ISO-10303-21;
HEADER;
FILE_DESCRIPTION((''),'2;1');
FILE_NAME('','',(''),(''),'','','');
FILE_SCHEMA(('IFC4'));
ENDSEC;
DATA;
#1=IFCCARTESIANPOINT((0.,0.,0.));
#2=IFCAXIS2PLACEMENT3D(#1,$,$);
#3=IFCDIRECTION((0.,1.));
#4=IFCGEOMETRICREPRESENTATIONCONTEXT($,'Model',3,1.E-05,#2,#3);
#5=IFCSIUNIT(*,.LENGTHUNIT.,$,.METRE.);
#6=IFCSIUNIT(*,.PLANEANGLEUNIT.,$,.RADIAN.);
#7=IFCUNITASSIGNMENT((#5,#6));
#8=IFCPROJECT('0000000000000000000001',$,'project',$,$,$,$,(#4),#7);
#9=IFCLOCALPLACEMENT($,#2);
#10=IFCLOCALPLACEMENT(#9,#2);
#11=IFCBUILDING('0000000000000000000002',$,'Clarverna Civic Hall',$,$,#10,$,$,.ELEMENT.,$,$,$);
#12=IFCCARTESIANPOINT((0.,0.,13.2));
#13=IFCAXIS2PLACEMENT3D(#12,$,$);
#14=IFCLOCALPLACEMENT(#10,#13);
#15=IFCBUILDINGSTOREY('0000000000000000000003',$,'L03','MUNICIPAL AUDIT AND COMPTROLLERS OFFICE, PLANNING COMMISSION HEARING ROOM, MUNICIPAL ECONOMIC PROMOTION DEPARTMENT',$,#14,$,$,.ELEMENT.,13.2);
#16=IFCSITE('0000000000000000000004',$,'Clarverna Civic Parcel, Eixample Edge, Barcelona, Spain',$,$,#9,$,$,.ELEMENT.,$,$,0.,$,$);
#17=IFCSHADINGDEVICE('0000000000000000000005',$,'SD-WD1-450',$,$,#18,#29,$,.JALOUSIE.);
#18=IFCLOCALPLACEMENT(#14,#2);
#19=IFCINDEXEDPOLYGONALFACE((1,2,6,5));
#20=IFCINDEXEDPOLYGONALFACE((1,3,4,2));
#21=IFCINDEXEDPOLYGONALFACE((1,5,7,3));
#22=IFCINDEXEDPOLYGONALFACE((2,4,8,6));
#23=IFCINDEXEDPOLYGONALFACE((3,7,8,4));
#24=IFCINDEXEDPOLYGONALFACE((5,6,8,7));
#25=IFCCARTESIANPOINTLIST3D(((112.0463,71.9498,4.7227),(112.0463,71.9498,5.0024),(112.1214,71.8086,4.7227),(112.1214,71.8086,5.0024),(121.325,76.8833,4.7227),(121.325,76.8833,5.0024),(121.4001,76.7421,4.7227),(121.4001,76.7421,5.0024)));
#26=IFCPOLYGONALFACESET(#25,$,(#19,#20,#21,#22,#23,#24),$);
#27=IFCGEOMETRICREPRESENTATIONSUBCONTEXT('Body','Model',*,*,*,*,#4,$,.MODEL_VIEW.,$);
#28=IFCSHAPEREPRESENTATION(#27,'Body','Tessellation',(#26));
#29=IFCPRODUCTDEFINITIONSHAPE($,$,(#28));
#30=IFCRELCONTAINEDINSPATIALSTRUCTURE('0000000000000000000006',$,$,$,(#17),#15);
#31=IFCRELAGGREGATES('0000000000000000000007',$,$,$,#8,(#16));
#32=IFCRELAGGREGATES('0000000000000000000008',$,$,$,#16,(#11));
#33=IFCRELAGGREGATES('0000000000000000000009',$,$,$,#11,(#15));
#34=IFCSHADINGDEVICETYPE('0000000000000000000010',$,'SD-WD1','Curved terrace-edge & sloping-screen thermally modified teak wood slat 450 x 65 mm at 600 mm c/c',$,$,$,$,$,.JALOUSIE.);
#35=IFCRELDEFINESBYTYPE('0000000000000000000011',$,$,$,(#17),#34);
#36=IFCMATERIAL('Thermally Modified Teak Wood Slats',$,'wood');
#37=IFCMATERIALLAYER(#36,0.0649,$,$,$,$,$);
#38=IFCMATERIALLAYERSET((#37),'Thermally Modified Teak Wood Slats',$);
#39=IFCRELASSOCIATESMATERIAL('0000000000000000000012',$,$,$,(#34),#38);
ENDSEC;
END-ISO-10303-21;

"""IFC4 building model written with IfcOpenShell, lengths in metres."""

from ifc_helpers import new_model, si_unit, direction, frame, frame_2d, origin, place, context, subcontext, project, spatial, rectangle, extrude, material, layer, layer_set, type_object, element, save


model = new_model("IFC4")

# Units and contexts
model_context = context("Model", 3, precision=1e-05, world=origin(), true_north=direction((0.0, 1.0)))
body_context = subcontext(model_context, "Body", "Model", "MODEL_VIEW")
ifc_project = project(units=[si_unit("LENGTHUNIT", "METRE"), si_unit("PLANEANGLEUNIT", "RADIAN")], contexts=[model_context])

# Site, building, storey
site_placement = place(None, origin())
site = spatial("IfcSite", under=ifc_project, at=site_placement, Name="Clarverna Civic Parcel, Eixample Edge, Barcelona, Spain", CompositionType="ELEMENT", RefElevation=0.0)
building_placement = place(site_placement, origin())
building = spatial("IfcBuilding", under=site, at=building_placement, Name="Clarverna Civic Hall", CompositionType="ELEMENT")
storey_placement = place(building_placement, frame((0.0, 0.0, 13.2)))
storey = spatial("IfcBuildingStorey", under=building, at=storey_placement, Name="L03", Description="MUNICIPAL AUDIT AND COMPTROLLERS OFFICE, PLANNING COMMISSION HEARING ROOM, MUNICIPAL ECONOMIC PROMOTION DEPARTMENT", CompositionType="ELEMENT", Elevation=13.2)

# Shading device
ifc_material_1 = material(Name="Thermally Modified Teak Wood Slats", Category="wood")
ifc_layer_1 = layer(ifc_material_1, 0.0649)
ifc_layer_set_1 = layer_set([ifc_layer_1], Name="Thermally Modified Teak Wood Slats")
shading_device_type = type_object("IfcShadingDeviceType", Name="SD-WD1", Description="Curved terrace-edge & sloping-screen thermally modified teak wood slat 450 x 65 mm at 600 mm c/c", PredefinedType="JALOUSIE", material=ifc_layer_set_1)
shading_device_1_placement = place(storey_placement, frame((121.3625, 76.8127, 4.7227), z_axis=(0.0, 0.0, 1.0), x_axis=(-0.882949, -0.469469, 0.0)))
element("IfcShadingDevice", 1, at=shading_device_1_placement, inside=storey, type_object=shading_device_type, Name="SD-WD1-450", PredefinedType="JALOUSIE", context=body_context, shape_type="SweptSolid", body=[
    extrude(rectangle(XDim=10.5088, YDim=0.1599, at=frame_2d((5.2544, 0.0))), origin(), (0.0, 0.0, 1.0), 0.2798),
])

save(model, "model.ifc")
